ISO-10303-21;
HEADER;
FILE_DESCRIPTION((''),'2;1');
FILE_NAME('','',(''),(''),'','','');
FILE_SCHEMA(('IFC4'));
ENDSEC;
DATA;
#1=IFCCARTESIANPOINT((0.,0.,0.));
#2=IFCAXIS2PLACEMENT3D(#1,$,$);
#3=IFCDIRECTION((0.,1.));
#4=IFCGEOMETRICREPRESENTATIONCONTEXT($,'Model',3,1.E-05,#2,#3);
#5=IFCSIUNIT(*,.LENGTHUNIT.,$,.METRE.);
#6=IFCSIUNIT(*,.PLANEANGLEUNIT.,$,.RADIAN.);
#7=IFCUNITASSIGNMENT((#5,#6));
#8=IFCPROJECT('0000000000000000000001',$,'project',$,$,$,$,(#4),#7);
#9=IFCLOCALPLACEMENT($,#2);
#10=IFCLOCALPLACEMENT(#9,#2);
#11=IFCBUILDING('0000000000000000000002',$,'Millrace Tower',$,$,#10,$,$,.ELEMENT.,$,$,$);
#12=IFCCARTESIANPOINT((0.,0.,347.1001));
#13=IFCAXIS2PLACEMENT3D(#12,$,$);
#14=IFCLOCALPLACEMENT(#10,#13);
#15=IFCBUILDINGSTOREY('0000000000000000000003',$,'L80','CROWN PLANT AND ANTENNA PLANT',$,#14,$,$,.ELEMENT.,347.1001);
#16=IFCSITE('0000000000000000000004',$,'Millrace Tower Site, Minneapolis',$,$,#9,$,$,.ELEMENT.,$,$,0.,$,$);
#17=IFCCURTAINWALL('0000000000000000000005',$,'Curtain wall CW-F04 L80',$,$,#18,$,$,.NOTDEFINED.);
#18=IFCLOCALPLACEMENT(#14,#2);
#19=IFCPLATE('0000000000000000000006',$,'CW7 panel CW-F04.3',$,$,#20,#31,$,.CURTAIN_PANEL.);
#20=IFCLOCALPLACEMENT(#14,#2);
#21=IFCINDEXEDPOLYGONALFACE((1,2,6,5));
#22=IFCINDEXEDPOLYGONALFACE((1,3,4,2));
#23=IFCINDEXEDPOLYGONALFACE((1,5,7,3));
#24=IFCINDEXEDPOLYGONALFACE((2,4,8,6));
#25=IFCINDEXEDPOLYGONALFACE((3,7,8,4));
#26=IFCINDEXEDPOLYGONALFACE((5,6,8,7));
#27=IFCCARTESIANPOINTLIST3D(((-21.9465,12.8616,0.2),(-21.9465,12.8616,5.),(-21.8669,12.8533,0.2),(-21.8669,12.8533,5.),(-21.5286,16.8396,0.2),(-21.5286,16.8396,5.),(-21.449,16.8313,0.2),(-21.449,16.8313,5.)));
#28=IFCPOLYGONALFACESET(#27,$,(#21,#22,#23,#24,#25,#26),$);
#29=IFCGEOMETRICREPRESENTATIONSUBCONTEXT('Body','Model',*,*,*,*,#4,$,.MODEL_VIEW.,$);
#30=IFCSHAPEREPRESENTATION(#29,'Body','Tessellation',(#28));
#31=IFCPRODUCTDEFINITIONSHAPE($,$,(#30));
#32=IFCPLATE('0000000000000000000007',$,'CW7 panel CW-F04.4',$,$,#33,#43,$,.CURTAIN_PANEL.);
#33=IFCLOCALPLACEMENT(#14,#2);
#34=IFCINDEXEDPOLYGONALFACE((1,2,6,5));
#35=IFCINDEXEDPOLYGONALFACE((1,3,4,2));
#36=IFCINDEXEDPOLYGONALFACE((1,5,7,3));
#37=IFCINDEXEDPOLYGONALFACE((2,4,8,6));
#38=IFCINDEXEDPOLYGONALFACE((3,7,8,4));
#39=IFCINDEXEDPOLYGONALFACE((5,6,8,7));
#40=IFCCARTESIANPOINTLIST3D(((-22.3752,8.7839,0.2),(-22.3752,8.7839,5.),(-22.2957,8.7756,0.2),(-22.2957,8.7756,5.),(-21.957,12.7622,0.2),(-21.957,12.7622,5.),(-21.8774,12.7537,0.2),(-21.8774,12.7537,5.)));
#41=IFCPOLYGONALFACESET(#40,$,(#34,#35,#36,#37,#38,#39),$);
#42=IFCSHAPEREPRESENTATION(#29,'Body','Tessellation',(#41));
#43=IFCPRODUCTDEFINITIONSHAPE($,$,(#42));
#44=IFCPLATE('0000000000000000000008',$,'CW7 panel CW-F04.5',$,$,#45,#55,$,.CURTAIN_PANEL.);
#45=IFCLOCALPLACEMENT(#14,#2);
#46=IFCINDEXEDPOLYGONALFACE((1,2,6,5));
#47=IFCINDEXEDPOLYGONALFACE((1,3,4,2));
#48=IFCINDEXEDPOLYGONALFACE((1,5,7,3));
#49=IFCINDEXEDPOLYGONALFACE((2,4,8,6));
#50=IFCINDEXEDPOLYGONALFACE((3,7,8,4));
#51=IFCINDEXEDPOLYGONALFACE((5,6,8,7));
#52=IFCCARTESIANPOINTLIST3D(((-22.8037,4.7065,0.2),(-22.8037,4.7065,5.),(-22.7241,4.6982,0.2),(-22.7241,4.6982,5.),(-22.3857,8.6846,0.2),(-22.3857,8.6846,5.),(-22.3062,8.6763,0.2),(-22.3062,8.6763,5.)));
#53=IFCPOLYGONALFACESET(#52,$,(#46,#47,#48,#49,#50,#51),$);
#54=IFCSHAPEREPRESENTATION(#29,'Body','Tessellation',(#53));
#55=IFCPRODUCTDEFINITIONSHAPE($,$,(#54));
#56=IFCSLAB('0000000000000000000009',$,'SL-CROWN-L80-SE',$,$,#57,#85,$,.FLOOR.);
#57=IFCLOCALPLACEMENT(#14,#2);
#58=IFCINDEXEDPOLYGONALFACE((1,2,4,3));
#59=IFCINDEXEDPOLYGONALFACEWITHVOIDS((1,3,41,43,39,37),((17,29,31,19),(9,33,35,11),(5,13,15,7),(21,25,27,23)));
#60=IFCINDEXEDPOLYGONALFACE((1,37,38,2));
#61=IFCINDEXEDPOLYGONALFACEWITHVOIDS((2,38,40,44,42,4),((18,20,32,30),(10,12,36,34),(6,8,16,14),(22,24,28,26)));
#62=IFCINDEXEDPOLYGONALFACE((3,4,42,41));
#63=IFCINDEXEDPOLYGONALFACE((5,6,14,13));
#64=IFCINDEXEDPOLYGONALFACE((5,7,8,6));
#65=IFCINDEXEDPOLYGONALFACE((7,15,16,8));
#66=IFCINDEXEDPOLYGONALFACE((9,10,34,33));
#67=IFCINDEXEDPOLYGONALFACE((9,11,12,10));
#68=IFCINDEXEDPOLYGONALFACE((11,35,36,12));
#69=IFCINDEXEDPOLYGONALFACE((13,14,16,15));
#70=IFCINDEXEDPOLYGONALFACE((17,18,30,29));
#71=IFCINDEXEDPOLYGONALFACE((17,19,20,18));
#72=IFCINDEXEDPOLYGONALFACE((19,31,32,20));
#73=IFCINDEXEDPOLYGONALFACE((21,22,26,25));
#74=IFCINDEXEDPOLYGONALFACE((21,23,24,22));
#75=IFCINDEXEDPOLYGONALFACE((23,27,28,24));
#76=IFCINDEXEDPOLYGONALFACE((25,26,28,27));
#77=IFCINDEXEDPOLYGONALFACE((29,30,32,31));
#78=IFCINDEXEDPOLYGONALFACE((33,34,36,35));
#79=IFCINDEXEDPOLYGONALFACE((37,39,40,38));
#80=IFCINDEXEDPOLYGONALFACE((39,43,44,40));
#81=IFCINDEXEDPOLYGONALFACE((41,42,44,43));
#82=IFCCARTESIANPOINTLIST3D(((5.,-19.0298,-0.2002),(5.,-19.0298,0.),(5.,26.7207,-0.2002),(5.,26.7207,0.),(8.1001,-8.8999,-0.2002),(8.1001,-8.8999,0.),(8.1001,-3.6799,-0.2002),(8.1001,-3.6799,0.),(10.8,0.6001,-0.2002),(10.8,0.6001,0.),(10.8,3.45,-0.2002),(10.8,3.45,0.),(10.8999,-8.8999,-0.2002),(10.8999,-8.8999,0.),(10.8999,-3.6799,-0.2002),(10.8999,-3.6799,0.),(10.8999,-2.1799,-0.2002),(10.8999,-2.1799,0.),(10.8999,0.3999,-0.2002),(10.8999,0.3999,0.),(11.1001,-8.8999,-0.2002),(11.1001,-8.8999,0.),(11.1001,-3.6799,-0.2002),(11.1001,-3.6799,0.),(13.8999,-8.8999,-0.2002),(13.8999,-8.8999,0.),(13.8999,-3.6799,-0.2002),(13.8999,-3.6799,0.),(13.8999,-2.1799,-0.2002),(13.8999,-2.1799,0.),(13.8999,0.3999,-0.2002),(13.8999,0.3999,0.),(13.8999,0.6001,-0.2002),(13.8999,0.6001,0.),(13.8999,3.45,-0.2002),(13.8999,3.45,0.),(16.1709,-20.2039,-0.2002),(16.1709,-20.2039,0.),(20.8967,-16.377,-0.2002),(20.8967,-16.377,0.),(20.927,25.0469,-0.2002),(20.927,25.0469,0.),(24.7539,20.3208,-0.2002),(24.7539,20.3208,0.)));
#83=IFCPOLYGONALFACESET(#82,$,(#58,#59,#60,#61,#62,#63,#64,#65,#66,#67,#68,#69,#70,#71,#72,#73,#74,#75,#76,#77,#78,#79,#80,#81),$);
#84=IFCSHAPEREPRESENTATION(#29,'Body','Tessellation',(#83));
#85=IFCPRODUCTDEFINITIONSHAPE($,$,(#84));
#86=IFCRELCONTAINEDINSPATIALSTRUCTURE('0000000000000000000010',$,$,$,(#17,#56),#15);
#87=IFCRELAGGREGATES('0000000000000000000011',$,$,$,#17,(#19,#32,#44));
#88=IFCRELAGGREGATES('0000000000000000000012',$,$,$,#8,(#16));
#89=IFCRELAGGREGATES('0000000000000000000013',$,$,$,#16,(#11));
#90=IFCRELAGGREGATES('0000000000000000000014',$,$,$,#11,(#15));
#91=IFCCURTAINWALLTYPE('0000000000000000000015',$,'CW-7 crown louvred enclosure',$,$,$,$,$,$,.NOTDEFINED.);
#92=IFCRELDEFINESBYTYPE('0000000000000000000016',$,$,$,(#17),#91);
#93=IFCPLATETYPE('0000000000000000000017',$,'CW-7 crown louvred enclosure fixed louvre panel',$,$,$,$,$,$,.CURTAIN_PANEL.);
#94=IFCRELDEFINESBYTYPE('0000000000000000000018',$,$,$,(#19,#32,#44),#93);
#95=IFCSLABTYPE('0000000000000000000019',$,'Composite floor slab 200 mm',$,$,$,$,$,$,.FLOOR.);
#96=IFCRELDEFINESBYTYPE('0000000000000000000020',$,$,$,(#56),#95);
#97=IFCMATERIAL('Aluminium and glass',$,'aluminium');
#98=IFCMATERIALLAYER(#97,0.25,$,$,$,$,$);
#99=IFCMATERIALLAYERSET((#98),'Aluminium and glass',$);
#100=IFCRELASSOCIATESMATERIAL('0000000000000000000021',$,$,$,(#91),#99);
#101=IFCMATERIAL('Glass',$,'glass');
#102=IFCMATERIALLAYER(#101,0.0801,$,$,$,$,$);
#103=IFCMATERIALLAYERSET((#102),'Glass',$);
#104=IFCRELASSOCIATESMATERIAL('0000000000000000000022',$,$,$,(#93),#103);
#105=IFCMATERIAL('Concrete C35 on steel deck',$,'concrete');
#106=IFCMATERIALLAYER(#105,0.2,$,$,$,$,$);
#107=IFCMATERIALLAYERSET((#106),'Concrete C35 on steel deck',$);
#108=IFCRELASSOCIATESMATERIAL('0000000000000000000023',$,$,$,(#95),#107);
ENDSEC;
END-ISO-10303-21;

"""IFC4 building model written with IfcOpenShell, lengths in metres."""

from ifc_helpers import new_model, si_unit, direction, frame, origin, place, context, subcontext, project, spatial, polyline, outline, extrude, material, layer, layer_set, type_object, element, aggregate, save


model = new_model("IFC4")

# Units and contexts
model_context = context("Model", 3, precision=1e-05, world=origin(), true_north=direction((0.0, 1.0)))
body_context = subcontext(model_context, "Body", "Model", "MODEL_VIEW")
ifc_project = project(units=[si_unit("LENGTHUNIT", "METRE"), si_unit("PLANEANGLEUNIT", "RADIAN")], contexts=[model_context])

# Site, building, storey
site_placement = place(None, origin())
site = spatial("IfcSite", under=ifc_project, at=site_placement, Name="Millrace Tower Site, Minneapolis", CompositionType="ELEMENT", RefElevation=0.0)
building_placement = place(site_placement, origin())
building = spatial("IfcBuilding", under=site, at=building_placement, Name="Millrace Tower", CompositionType="ELEMENT")
storey_placement = place(building_placement, frame((0.0, 0.0, 347.1001)))
storey = spatial("IfcBuildingStorey", under=building, at=storey_placement, Name="L80", Description="CROWN PLANT AND ANTENNA PLANT", CompositionType="ELEMENT", Elevation=347.1001)

# Shared definitions
ifc_material_1 = material(Name="Aluminium and glass", Category="aluminium")
ifc_layer_1 = layer(ifc_material_1, 0.25)
ifc_layer_set_1 = layer_set([ifc_layer_1], Name="Aluminium and glass")
curtain_wall_type = type_object("IfcCurtainWallType", Name="CW-7 crown louvred enclosure", PredefinedType="NOTDEFINED", material=ifc_layer_set_1)
placement_1 = place(storey_placement, origin())
ifc_material_2 = material(Name="Glass", Category="glass")
ifc_layer_2 = layer(ifc_material_2, 0.0801)
ifc_layer_set_2 = layer_set([ifc_layer_2], Name="Glass")
plate_type = type_object("IfcPlateType", Name="CW-7 crown louvred enclosure fixed louvre panel", PredefinedType="CURTAIN_PANEL", material=ifc_layer_set_2)
placement_2 = place(storey_placement, frame((0.0, 0.0, 0.2)))

# Curtain wall, plates
curtain_wall_1 = element("IfcCurtainWall", 1, at=placement_1, inside=storey, type_object=curtain_wall_type, Name="Curtain wall CW-F04 L80", PredefinedType="NOTDEFINED")
plate_1 = element("IfcPlate", 2, at=placement_2, type_object=plate_type, Name="CW7 panel CW-F04.3", PredefinedType="CURTAIN_PANEL", context=body_context, shape_type="SweptSolid", body=[
    extrude(outline(polyline([(-21.5286, 16.8396), (-21.9465, 12.8616), (-21.8669, 12.8533), (-21.449, 16.8313), (-21.5286, 16.8396)])), origin(), (0.0, 0.0, 1.0), 4.8),
])
plate_2 = element("IfcPlate", 3, at=placement_2, type_object=plate_type, Name="CW7 panel CW-F04.4", PredefinedType="CURTAIN_PANEL", context=body_context, shape_type="SweptSolid", body=[
    extrude(outline(polyline([(-21.957, 12.7622), (-22.3752, 8.7839), (-22.2957, 8.7756), (-21.8774, 12.7537), (-21.957, 12.7622)])), origin(), (0.0, 0.0, 1.0), 4.8),
])
plate_3 = element("IfcPlate", 4, at=placement_2, type_object=plate_type, Name="CW7 panel CW-F04.5", PredefinedType="CURTAIN_PANEL", context=body_context, shape_type="SweptSolid", body=[
    extrude(outline(polyline([(-22.3857, 8.6846), (-22.8037, 4.7065), (-22.7241, 4.6982), (-22.3062, 8.6763), (-22.3857, 8.6846)])), origin(), (0.0, 0.0, 1.0), 4.8),
])
aggregate(curtain_wall_1, [plate_1, plate_2, plate_3])

# Slab
ifc_material_3 = material(Name="Concrete C35 on steel deck", Category="concrete")
ifc_layer_3 = layer(ifc_material_3, 0.2)
ifc_layer_set_3 = layer_set([ifc_layer_3], Name="Concrete C35 on steel deck")
slab_type = type_object("IfcSlabType", Name="Composite floor slab 200 mm", PredefinedType="FLOOR", material=ifc_layer_set_3)
slab_placement = place(storey_placement, frame((0.0, 0.0, -0.2002)))
element("IfcSlab", 5, at=slab_placement, inside=storey, type_object=slab_type, Name="SL-CROWN-L80-SE", PredefinedType="FLOOR", context=body_context, shape_type="SweptSolid", body=[
    extrude(outline(polyline([(5.0, 26.7207), (5.0, -19.0298), (16.1709, -20.2039), (20.8967, -16.377), (24.7539, 20.3208), (20.927, 25.0469), (5.0, 26.7207)]), holes=[polyline([(10.8, 0.6001), (13.8999, 0.6001), (13.8999, 3.45), (10.8, 3.45), (10.8, 0.6001)]), polyline([(10.8999, -2.1799), (13.8999, -2.1799), (13.8999, 0.3999), (10.8999, 0.3999), (10.8999, -2.1799)]), polyline([(11.1001, -8.8999), (13.8999, -8.8999), (13.8999, -3.6799), (11.1001, -3.6799), (11.1001, -8.8999)]), polyline([(8.1001, -8.8999), (10.8999, -8.8999), (10.8999, -3.6799), (8.1001, -3.6799), (8.1001, -8.8999)])]), origin(), (0.0, 0.0, 1.0), 0.2002),
])

save(model, "model.ifc")
